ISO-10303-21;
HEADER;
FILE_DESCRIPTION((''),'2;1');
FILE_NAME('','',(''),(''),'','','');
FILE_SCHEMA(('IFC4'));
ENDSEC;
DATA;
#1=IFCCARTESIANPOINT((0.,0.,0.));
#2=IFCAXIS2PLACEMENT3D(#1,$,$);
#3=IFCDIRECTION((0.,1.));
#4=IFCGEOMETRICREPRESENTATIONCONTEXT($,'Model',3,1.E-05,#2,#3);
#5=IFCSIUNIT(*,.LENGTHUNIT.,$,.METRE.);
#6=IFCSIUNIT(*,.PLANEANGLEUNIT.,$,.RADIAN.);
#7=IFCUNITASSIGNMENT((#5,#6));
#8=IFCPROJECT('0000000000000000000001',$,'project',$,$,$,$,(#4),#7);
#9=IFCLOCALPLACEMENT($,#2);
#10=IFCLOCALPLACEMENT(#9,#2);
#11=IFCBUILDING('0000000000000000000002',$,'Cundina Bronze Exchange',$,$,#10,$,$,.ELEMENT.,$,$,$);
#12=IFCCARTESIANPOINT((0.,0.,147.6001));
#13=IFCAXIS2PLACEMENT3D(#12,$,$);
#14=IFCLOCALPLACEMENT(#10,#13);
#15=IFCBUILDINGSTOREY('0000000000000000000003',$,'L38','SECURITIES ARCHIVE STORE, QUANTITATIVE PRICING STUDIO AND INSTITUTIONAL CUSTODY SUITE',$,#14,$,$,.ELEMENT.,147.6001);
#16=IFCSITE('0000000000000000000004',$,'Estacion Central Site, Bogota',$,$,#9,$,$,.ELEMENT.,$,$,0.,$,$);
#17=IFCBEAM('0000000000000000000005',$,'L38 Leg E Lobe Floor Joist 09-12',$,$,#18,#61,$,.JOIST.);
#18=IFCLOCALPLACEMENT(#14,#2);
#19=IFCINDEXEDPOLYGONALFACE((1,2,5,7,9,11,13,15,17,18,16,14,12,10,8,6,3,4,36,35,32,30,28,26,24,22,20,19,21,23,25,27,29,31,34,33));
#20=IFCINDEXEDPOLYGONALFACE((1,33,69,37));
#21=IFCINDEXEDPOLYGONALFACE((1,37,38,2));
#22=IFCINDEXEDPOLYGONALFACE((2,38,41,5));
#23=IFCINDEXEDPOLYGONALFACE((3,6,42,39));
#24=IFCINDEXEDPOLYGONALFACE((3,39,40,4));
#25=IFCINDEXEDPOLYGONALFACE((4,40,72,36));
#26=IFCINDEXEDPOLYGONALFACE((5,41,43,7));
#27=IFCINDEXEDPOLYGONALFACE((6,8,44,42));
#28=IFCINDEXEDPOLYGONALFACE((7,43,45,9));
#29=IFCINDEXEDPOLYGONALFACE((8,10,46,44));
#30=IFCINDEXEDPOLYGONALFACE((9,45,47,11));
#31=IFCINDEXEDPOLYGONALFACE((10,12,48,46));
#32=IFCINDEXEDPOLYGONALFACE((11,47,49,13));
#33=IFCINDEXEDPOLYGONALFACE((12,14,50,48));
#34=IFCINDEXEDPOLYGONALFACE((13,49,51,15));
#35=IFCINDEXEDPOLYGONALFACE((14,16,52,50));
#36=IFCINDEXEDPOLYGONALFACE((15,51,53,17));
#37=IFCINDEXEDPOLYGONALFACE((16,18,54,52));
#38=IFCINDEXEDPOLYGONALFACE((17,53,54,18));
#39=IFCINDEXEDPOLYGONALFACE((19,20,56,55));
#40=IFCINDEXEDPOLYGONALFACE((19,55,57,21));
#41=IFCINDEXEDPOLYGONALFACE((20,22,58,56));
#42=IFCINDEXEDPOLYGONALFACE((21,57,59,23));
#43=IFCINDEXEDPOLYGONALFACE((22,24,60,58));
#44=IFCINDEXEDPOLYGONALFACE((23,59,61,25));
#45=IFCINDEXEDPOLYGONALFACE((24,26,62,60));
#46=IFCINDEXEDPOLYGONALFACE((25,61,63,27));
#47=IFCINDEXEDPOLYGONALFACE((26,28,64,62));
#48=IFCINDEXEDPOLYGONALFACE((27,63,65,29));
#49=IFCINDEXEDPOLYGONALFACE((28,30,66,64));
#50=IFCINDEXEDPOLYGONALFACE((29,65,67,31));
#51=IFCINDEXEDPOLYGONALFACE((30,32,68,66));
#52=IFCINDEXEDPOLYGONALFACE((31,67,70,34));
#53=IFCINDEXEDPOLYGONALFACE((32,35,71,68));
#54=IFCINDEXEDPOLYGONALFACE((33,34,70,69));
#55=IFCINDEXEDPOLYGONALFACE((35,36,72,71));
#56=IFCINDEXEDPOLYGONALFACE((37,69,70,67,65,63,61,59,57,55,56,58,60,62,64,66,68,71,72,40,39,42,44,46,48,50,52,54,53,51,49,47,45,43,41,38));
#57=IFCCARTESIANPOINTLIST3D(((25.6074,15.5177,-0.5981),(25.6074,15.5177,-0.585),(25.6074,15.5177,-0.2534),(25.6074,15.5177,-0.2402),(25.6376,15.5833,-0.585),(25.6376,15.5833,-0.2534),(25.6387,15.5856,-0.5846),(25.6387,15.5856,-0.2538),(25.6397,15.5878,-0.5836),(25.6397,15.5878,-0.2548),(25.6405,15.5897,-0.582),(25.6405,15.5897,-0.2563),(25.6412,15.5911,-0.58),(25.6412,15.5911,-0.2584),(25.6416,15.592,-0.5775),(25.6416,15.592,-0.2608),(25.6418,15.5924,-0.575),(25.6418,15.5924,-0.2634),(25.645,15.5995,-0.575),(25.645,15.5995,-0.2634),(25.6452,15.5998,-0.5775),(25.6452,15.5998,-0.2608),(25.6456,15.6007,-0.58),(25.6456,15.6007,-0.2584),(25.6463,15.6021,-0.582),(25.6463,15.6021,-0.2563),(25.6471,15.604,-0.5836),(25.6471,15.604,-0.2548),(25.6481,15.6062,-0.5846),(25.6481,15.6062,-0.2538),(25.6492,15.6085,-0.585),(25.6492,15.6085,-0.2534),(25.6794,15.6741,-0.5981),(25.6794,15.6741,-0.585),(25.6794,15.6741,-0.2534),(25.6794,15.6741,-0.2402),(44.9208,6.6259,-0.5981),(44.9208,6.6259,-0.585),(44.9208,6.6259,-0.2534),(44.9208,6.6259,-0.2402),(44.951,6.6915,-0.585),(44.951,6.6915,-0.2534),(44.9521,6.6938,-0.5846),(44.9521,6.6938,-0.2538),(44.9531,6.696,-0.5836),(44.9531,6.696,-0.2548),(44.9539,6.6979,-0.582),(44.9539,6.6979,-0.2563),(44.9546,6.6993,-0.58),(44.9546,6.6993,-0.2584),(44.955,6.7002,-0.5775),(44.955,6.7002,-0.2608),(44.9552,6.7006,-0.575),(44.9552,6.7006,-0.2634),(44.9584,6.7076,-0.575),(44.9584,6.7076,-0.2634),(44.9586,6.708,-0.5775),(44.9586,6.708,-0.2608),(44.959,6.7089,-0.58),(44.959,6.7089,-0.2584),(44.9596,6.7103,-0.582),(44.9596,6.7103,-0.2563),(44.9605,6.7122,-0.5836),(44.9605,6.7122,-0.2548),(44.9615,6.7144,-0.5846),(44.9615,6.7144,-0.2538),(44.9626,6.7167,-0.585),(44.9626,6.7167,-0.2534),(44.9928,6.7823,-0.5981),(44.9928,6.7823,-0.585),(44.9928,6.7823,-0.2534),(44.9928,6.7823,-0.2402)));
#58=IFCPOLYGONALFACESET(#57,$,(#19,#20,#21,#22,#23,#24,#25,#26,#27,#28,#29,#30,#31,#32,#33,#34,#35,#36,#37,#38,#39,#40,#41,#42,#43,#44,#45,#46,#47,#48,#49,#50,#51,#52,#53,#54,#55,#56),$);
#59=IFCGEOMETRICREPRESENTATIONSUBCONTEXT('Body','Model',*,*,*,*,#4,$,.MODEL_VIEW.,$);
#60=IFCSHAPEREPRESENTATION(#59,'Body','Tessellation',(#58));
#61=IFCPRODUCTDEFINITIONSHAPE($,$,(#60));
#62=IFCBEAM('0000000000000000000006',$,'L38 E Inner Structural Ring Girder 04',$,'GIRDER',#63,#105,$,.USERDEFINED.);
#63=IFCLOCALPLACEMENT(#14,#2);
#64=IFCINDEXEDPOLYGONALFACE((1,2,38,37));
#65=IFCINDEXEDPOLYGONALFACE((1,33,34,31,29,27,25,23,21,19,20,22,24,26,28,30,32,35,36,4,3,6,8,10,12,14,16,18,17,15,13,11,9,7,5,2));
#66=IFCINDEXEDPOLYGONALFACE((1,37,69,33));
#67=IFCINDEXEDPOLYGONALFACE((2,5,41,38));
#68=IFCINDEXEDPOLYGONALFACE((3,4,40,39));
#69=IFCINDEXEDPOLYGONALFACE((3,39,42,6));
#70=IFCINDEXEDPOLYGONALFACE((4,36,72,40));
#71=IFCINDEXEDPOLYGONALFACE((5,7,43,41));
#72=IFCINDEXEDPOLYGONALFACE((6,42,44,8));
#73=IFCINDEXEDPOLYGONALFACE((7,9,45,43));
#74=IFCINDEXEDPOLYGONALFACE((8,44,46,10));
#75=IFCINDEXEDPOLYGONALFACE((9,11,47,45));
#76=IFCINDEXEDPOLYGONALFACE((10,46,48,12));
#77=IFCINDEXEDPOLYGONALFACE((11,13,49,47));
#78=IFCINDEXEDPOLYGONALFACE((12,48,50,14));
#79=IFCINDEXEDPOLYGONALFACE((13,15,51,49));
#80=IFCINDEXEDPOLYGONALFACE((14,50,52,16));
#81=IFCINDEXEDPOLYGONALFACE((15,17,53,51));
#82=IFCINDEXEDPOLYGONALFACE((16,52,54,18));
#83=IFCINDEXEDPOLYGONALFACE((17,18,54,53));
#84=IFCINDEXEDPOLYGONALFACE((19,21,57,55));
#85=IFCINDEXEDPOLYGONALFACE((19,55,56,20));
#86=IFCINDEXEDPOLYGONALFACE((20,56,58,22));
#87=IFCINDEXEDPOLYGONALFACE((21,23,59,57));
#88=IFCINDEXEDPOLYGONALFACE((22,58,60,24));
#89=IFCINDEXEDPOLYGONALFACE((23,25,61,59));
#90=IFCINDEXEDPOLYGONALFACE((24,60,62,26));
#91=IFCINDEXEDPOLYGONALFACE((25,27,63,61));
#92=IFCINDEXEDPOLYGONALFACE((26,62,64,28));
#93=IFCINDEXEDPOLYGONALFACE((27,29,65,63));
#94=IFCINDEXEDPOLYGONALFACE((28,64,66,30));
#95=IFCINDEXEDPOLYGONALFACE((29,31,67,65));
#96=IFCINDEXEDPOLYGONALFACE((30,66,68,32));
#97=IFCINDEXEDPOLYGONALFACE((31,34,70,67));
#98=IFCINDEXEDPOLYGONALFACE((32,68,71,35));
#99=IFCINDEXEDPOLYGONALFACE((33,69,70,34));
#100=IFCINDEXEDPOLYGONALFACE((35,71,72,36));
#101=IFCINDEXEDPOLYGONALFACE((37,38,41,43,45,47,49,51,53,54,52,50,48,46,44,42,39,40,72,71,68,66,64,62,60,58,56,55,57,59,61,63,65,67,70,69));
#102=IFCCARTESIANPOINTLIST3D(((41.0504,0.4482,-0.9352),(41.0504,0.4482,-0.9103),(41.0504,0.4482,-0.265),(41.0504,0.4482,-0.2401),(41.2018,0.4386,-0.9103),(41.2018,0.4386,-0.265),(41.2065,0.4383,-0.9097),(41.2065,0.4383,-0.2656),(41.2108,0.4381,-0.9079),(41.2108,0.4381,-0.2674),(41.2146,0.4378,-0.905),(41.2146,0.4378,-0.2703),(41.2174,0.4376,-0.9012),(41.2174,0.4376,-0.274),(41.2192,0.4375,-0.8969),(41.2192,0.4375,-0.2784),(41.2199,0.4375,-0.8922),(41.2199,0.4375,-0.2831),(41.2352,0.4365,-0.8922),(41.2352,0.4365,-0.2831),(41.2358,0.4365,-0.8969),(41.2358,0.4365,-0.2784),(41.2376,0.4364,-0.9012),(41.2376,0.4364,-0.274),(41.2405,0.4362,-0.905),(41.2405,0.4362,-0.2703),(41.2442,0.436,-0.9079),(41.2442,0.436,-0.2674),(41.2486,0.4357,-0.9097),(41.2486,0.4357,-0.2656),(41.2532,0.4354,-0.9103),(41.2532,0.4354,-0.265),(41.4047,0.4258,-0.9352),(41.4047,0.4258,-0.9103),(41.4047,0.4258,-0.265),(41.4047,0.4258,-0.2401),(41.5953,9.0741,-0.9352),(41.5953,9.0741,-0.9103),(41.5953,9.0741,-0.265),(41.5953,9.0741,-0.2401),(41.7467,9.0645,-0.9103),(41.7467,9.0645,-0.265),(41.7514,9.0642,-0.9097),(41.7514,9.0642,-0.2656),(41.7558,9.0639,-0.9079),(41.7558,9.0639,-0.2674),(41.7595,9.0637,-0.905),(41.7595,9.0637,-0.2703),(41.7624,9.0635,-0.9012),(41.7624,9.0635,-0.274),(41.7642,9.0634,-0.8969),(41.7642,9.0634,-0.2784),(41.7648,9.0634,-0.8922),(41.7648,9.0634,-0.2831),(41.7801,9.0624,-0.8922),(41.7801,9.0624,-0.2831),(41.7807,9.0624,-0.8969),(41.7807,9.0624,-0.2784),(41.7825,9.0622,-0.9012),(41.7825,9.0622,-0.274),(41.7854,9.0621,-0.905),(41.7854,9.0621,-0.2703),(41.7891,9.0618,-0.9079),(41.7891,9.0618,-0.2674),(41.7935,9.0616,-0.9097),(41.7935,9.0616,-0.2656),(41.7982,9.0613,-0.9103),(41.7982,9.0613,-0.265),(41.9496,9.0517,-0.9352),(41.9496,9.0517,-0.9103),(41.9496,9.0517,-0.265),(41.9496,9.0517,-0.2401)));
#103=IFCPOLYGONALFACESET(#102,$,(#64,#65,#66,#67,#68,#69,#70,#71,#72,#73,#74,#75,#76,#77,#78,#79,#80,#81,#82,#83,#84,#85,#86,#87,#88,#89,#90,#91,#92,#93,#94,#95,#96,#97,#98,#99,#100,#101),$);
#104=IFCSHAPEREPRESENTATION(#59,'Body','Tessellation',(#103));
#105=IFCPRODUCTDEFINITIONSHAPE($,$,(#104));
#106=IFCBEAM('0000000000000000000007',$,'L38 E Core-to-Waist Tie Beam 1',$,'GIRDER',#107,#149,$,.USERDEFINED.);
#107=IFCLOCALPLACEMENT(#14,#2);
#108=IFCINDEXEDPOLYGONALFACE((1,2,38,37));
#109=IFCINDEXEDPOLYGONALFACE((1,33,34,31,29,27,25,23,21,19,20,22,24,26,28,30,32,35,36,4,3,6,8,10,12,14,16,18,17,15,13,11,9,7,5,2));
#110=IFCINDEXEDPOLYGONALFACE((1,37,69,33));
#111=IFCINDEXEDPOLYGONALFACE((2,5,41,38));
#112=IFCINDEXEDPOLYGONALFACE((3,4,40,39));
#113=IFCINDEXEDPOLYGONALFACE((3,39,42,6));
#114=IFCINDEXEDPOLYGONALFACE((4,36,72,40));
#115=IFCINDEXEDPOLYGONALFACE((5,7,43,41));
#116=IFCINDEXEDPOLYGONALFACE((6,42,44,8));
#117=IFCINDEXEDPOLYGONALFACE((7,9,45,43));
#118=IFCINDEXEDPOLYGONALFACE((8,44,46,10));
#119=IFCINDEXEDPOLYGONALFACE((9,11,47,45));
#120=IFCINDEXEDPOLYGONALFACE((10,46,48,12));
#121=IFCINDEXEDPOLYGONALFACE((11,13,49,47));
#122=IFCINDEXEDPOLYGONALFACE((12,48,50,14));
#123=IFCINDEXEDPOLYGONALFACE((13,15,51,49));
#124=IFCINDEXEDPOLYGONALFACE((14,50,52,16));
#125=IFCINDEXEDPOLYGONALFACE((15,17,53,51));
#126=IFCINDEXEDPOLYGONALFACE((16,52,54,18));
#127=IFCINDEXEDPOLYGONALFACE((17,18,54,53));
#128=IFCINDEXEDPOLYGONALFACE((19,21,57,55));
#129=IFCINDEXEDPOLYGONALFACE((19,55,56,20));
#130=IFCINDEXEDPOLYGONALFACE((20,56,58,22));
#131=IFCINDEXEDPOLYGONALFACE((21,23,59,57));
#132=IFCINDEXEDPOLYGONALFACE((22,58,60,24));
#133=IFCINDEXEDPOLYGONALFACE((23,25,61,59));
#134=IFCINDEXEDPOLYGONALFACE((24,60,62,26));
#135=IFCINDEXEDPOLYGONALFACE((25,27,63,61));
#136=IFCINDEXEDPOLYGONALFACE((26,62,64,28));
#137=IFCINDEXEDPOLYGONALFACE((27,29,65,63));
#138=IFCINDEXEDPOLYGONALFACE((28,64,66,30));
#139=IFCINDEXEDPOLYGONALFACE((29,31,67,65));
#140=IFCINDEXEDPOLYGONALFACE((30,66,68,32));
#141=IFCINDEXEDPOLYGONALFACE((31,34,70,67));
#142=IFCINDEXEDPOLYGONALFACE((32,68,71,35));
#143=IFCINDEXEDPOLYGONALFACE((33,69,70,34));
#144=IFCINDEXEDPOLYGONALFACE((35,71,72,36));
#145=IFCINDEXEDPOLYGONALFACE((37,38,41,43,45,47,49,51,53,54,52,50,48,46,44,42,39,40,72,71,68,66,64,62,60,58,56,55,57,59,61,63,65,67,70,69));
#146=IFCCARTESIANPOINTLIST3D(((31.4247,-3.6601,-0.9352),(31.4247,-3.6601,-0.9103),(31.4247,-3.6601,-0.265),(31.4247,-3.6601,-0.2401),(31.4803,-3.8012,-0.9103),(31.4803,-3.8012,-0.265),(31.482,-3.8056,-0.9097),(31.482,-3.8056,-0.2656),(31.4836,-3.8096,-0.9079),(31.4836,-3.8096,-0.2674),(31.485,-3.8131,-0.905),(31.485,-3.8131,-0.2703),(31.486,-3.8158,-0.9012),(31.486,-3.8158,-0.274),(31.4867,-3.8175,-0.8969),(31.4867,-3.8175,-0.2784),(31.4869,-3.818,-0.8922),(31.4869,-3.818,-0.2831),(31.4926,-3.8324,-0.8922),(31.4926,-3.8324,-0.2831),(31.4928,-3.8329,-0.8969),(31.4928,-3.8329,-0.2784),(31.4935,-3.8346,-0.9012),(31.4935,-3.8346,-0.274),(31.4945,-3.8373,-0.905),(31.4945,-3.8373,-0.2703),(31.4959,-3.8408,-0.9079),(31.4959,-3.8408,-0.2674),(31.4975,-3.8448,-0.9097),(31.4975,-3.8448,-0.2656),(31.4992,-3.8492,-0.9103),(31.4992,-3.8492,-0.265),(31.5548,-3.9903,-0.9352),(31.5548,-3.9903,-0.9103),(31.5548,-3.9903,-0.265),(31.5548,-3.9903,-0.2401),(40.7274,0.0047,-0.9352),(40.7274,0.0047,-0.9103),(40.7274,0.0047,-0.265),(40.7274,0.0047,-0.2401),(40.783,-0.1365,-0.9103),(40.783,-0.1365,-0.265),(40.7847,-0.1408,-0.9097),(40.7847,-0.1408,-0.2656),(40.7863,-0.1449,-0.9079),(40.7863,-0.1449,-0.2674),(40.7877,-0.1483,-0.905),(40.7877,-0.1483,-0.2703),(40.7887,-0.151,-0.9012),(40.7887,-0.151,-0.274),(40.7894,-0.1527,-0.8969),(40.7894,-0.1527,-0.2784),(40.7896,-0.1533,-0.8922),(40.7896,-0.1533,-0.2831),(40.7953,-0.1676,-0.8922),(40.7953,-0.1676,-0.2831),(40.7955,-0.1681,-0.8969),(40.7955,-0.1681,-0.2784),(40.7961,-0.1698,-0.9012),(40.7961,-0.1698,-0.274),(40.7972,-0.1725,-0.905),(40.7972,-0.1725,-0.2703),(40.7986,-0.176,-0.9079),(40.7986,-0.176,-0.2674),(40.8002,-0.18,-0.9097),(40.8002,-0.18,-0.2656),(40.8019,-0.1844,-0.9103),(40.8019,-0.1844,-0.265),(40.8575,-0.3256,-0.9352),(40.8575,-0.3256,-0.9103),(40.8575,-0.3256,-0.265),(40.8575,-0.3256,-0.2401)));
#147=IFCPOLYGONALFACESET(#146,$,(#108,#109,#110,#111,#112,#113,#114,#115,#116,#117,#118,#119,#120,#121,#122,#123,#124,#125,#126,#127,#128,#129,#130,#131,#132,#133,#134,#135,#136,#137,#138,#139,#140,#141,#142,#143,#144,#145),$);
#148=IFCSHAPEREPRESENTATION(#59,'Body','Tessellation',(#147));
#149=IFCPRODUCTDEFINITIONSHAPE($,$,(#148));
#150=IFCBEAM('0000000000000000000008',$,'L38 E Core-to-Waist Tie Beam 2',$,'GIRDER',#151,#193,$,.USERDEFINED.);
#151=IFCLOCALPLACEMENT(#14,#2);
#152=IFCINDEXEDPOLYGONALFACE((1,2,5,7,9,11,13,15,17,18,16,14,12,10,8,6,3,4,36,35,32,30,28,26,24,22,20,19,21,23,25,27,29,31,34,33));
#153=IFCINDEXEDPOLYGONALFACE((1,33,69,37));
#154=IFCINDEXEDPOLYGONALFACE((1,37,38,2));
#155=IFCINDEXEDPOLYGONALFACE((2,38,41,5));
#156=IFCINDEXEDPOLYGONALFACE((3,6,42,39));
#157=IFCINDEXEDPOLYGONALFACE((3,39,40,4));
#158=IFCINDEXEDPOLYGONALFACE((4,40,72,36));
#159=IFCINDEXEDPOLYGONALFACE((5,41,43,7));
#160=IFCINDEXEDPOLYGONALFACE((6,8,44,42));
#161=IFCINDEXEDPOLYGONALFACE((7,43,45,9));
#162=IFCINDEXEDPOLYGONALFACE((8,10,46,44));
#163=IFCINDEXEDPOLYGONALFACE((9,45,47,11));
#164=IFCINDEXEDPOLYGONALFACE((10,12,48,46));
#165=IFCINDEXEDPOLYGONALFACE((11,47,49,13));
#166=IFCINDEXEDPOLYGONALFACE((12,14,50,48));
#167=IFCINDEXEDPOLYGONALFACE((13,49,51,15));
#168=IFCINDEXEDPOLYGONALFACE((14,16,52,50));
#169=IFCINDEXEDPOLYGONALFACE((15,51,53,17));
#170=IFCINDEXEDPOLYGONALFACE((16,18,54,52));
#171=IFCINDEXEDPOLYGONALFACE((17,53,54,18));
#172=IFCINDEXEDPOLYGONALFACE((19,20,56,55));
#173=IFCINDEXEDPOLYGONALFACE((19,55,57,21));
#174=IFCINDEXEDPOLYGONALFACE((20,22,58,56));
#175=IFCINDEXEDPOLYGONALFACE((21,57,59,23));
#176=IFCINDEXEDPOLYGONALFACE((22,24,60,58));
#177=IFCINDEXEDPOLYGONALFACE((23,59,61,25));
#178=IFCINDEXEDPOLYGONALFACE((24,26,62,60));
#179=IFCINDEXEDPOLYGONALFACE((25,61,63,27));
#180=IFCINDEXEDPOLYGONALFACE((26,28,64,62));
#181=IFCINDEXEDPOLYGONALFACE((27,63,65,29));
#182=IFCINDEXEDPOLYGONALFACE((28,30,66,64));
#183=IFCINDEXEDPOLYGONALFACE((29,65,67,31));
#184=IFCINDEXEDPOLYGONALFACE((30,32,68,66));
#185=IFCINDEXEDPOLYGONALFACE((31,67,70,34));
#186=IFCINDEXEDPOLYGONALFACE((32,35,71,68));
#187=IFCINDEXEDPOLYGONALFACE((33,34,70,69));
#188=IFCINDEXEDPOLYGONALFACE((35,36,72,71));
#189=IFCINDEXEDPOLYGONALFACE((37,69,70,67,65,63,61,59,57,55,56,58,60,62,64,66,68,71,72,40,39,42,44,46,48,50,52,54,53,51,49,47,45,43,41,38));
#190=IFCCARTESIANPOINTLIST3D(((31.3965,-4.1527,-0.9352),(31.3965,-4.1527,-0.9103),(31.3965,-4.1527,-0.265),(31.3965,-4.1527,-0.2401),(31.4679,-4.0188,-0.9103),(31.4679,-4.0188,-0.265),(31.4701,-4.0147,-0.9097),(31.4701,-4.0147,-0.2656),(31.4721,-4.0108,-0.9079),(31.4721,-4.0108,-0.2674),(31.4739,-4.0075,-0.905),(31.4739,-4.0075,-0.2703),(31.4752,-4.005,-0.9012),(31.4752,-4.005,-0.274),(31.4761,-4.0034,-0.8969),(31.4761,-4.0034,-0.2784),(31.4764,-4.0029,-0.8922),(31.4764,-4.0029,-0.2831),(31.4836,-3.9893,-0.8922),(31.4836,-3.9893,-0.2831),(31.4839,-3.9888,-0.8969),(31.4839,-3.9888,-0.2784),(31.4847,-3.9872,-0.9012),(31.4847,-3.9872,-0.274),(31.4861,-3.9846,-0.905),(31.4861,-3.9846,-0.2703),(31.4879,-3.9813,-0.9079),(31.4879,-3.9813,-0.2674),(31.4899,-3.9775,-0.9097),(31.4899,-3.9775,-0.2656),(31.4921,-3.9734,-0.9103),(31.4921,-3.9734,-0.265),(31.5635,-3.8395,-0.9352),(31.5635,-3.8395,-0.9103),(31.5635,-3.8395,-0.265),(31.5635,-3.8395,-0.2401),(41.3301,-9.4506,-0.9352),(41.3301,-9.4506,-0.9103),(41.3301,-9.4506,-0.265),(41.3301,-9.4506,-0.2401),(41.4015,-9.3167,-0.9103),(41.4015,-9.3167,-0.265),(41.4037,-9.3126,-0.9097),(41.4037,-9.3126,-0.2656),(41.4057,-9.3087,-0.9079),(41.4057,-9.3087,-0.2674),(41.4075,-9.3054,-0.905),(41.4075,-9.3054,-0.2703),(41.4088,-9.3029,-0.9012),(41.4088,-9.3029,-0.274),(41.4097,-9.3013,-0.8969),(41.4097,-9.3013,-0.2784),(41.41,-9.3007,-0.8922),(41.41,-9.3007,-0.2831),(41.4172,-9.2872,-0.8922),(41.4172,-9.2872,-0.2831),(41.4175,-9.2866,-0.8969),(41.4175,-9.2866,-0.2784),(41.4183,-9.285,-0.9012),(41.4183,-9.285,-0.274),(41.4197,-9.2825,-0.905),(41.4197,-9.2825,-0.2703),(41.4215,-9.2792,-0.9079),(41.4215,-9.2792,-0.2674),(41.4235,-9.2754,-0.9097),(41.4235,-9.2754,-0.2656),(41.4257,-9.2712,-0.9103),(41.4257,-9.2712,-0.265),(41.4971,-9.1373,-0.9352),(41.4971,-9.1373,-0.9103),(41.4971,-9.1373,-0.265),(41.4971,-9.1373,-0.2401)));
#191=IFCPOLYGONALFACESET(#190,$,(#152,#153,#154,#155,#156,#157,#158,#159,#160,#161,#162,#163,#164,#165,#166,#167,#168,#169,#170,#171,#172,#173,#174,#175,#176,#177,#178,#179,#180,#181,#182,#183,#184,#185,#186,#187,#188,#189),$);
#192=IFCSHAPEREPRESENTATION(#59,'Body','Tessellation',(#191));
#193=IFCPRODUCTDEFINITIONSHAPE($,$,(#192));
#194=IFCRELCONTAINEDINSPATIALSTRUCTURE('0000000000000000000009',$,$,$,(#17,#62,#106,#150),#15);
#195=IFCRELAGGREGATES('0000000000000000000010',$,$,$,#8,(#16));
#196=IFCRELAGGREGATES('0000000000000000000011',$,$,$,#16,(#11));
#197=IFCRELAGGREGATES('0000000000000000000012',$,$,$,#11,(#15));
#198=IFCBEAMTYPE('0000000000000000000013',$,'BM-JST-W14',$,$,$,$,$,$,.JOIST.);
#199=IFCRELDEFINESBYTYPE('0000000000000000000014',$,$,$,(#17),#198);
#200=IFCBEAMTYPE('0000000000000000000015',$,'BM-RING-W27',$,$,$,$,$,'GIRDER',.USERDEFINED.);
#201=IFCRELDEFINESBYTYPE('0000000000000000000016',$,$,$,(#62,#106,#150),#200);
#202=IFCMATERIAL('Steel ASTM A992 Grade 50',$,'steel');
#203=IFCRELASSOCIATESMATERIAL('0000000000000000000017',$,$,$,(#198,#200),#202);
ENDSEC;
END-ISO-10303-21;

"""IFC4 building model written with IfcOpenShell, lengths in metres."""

from ifc_helpers import new_model, si_unit, direction, frame, origin, origin_2d, place, context, subcontext, project, spatial, i_section, extrude, material, material_profile, profile_set, type_object, element, save


model = new_model("IFC4")

# Units and contexts
model_context = context("Model", 3, precision=1e-05, world=origin(), true_north=direction((0.0, 1.0)))
body_context = subcontext(model_context, "Body", "Model", "MODEL_VIEW")
ifc_project = project(units=[si_unit("LENGTHUNIT", "METRE"), si_unit("PLANEANGLEUNIT", "RADIAN")], contexts=[model_context])

# Site, building, storey
site_placement = place(None, origin())
site = spatial("IfcSite", under=ifc_project, at=site_placement, Name="Estacion Central Site, Bogota", CompositionType="ELEMENT", RefElevation=0.0)
building_placement = place(site_placement, origin())
building = spatial("IfcBuilding", under=site, at=building_placement, Name="Cundina Bronze Exchange", CompositionType="ELEMENT")
storey_placement = place(building_placement, frame((0.0, 0.0, 147.6001)))
storey = spatial("IfcBuildingStorey", under=building, at=storey_placement, Name="L38", Description="SECURITIES ARCHIVE STORE, QUANTITATIVE PRICING STUDIO AND INSTITUTIONAL CUSTODY SUITE", CompositionType="ELEMENT", Elevation=147.6001)

# Shared definitions
ifc_material_1 = material(Name="Steel ASTM A992 Grade 50", Category="steel")

# Beams
ifc_material_profile_1 = material_profile(ifc_material_1, i_section(OverallWidth=0.1721, OverallDepth=0.3579, WebThickness=0.0078, FlangeThickness=0.0132, FilletRadius=0.01, at=origin_2d()), Name="W14X38", Category="steel")
ifc_profile_set_1 = profile_set([ifc_material_profile_1], Name="Steel ASTM A992 Grade 50")
beam_type_1 = type_object("IfcBeamType", Name="BM-JST-W14", PredefinedType="JOIST", material=ifc_profile_set_1)
beam_1_placement = place(storey_placement, frame((44.9568, 6.7041, -0.4192), z_axis=(-0.908354, 0.418202, 0.0), x_axis=(-0.418202, -0.908354, 0.0)))
element("IfcBeam", 1, at=beam_1_placement, inside=storey, type_object=beam_type_1, Name="L38 Leg E Lobe Floor Joist 09-12", PredefinedType="JOIST", context=body_context, shape_type="SweptSolid", body=[
    extrude(i_section(OverallWidth=0.1721, OverallDepth=0.3579, WebThickness=0.0078, FlangeThickness=0.0132, FilletRadius=0.01, at=origin_2d()), origin(), (0.0, 0.0, 1.0), 21.262),
])
ifc_material_profile_2 = material_profile(ifc_material_1, i_section(OverallWidth=0.355, OverallDepth=0.6951, WebThickness=0.0154, FlangeThickness=0.0249, FilletRadius=0.0181, at=origin_2d()), Name="W27X146", Category="steel")
ifc_profile_set_2 = profile_set([ifc_material_profile_2], Name="Steel ASTM A992 Grade 50")
beam_type_2 = type_object("IfcBeamType", Name="BM-RING-W27", ElementType="GIRDER", PredefinedType="USERDEFINED", material=ifc_profile_set_2)
beam_2_placement = place(storey_placement, frame((41.2275, 0.437, -0.5876), z_axis=(0.063047, 0.998011, 0.0), x_axis=(-0.998011, 0.063047, 0.0)))
element("IfcBeam", 2, at=beam_2_placement, inside=storey, type_object=beam_type_2, Name="L38 E Inner Structural Ring Girder 04", ObjectType="GIRDER", PredefinedType="USERDEFINED", context=body_context, shape_type="SweptSolid", body=[
    extrude(i_section(OverallWidth=0.355, OverallDepth=0.6951, WebThickness=0.0154, FlangeThickness=0.0249, FilletRadius=0.0181, at=origin_2d()), origin(), (0.0, 0.0, 1.0), 8.6431),
])
beam_3_placement = place(storey_placement, frame((31.4897, -3.8252, -0.5876), z_axis=(0.930406, 0.366532, 0.0), x_axis=(-0.366532, 0.930406, 0.0)))
element("IfcBeam", 3, at=beam_3_placement, inside=storey, type_object=beam_type_2, Name="L38 E Core-to-Waist Tie Beam 1", ObjectType="GIRDER", PredefinedType="USERDEFINED", context=body_context, shape_type="SweptSolid", body=[
    extrude(i_section(OverallWidth=0.355, OverallDepth=0.6951, WebThickness=0.0154, FlangeThickness=0.0249, FilletRadius=0.0181, at=origin_2d()), origin(), (0.0, 0.0, 1.0), 9.9985),
])
beam_4_placement = place(storey_placement, frame((31.48, -3.9961, -0.5876), z_axis=(0.882355, -0.470584, 0.0), x_axis=(0.470584, 0.882355, 0.0)))
element("IfcBeam", 4, at=beam_4_placement, inside=storey, type_object=beam_type_2, Name="L38 E Core-to-Waist Tie Beam 2", ObjectType="GIRDER", PredefinedType="USERDEFINED", context=body_context, shape_type="SweptSolid", body=[
    extrude(i_section(OverallWidth=0.355, OverallDepth=0.6951, WebThickness=0.0154, FlangeThickness=0.0249, FilletRadius=0.0181, at=origin_2d()), origin(), (0.0, 0.0, 1.0), 11.2581),
])

save(model, "model.ifc")
